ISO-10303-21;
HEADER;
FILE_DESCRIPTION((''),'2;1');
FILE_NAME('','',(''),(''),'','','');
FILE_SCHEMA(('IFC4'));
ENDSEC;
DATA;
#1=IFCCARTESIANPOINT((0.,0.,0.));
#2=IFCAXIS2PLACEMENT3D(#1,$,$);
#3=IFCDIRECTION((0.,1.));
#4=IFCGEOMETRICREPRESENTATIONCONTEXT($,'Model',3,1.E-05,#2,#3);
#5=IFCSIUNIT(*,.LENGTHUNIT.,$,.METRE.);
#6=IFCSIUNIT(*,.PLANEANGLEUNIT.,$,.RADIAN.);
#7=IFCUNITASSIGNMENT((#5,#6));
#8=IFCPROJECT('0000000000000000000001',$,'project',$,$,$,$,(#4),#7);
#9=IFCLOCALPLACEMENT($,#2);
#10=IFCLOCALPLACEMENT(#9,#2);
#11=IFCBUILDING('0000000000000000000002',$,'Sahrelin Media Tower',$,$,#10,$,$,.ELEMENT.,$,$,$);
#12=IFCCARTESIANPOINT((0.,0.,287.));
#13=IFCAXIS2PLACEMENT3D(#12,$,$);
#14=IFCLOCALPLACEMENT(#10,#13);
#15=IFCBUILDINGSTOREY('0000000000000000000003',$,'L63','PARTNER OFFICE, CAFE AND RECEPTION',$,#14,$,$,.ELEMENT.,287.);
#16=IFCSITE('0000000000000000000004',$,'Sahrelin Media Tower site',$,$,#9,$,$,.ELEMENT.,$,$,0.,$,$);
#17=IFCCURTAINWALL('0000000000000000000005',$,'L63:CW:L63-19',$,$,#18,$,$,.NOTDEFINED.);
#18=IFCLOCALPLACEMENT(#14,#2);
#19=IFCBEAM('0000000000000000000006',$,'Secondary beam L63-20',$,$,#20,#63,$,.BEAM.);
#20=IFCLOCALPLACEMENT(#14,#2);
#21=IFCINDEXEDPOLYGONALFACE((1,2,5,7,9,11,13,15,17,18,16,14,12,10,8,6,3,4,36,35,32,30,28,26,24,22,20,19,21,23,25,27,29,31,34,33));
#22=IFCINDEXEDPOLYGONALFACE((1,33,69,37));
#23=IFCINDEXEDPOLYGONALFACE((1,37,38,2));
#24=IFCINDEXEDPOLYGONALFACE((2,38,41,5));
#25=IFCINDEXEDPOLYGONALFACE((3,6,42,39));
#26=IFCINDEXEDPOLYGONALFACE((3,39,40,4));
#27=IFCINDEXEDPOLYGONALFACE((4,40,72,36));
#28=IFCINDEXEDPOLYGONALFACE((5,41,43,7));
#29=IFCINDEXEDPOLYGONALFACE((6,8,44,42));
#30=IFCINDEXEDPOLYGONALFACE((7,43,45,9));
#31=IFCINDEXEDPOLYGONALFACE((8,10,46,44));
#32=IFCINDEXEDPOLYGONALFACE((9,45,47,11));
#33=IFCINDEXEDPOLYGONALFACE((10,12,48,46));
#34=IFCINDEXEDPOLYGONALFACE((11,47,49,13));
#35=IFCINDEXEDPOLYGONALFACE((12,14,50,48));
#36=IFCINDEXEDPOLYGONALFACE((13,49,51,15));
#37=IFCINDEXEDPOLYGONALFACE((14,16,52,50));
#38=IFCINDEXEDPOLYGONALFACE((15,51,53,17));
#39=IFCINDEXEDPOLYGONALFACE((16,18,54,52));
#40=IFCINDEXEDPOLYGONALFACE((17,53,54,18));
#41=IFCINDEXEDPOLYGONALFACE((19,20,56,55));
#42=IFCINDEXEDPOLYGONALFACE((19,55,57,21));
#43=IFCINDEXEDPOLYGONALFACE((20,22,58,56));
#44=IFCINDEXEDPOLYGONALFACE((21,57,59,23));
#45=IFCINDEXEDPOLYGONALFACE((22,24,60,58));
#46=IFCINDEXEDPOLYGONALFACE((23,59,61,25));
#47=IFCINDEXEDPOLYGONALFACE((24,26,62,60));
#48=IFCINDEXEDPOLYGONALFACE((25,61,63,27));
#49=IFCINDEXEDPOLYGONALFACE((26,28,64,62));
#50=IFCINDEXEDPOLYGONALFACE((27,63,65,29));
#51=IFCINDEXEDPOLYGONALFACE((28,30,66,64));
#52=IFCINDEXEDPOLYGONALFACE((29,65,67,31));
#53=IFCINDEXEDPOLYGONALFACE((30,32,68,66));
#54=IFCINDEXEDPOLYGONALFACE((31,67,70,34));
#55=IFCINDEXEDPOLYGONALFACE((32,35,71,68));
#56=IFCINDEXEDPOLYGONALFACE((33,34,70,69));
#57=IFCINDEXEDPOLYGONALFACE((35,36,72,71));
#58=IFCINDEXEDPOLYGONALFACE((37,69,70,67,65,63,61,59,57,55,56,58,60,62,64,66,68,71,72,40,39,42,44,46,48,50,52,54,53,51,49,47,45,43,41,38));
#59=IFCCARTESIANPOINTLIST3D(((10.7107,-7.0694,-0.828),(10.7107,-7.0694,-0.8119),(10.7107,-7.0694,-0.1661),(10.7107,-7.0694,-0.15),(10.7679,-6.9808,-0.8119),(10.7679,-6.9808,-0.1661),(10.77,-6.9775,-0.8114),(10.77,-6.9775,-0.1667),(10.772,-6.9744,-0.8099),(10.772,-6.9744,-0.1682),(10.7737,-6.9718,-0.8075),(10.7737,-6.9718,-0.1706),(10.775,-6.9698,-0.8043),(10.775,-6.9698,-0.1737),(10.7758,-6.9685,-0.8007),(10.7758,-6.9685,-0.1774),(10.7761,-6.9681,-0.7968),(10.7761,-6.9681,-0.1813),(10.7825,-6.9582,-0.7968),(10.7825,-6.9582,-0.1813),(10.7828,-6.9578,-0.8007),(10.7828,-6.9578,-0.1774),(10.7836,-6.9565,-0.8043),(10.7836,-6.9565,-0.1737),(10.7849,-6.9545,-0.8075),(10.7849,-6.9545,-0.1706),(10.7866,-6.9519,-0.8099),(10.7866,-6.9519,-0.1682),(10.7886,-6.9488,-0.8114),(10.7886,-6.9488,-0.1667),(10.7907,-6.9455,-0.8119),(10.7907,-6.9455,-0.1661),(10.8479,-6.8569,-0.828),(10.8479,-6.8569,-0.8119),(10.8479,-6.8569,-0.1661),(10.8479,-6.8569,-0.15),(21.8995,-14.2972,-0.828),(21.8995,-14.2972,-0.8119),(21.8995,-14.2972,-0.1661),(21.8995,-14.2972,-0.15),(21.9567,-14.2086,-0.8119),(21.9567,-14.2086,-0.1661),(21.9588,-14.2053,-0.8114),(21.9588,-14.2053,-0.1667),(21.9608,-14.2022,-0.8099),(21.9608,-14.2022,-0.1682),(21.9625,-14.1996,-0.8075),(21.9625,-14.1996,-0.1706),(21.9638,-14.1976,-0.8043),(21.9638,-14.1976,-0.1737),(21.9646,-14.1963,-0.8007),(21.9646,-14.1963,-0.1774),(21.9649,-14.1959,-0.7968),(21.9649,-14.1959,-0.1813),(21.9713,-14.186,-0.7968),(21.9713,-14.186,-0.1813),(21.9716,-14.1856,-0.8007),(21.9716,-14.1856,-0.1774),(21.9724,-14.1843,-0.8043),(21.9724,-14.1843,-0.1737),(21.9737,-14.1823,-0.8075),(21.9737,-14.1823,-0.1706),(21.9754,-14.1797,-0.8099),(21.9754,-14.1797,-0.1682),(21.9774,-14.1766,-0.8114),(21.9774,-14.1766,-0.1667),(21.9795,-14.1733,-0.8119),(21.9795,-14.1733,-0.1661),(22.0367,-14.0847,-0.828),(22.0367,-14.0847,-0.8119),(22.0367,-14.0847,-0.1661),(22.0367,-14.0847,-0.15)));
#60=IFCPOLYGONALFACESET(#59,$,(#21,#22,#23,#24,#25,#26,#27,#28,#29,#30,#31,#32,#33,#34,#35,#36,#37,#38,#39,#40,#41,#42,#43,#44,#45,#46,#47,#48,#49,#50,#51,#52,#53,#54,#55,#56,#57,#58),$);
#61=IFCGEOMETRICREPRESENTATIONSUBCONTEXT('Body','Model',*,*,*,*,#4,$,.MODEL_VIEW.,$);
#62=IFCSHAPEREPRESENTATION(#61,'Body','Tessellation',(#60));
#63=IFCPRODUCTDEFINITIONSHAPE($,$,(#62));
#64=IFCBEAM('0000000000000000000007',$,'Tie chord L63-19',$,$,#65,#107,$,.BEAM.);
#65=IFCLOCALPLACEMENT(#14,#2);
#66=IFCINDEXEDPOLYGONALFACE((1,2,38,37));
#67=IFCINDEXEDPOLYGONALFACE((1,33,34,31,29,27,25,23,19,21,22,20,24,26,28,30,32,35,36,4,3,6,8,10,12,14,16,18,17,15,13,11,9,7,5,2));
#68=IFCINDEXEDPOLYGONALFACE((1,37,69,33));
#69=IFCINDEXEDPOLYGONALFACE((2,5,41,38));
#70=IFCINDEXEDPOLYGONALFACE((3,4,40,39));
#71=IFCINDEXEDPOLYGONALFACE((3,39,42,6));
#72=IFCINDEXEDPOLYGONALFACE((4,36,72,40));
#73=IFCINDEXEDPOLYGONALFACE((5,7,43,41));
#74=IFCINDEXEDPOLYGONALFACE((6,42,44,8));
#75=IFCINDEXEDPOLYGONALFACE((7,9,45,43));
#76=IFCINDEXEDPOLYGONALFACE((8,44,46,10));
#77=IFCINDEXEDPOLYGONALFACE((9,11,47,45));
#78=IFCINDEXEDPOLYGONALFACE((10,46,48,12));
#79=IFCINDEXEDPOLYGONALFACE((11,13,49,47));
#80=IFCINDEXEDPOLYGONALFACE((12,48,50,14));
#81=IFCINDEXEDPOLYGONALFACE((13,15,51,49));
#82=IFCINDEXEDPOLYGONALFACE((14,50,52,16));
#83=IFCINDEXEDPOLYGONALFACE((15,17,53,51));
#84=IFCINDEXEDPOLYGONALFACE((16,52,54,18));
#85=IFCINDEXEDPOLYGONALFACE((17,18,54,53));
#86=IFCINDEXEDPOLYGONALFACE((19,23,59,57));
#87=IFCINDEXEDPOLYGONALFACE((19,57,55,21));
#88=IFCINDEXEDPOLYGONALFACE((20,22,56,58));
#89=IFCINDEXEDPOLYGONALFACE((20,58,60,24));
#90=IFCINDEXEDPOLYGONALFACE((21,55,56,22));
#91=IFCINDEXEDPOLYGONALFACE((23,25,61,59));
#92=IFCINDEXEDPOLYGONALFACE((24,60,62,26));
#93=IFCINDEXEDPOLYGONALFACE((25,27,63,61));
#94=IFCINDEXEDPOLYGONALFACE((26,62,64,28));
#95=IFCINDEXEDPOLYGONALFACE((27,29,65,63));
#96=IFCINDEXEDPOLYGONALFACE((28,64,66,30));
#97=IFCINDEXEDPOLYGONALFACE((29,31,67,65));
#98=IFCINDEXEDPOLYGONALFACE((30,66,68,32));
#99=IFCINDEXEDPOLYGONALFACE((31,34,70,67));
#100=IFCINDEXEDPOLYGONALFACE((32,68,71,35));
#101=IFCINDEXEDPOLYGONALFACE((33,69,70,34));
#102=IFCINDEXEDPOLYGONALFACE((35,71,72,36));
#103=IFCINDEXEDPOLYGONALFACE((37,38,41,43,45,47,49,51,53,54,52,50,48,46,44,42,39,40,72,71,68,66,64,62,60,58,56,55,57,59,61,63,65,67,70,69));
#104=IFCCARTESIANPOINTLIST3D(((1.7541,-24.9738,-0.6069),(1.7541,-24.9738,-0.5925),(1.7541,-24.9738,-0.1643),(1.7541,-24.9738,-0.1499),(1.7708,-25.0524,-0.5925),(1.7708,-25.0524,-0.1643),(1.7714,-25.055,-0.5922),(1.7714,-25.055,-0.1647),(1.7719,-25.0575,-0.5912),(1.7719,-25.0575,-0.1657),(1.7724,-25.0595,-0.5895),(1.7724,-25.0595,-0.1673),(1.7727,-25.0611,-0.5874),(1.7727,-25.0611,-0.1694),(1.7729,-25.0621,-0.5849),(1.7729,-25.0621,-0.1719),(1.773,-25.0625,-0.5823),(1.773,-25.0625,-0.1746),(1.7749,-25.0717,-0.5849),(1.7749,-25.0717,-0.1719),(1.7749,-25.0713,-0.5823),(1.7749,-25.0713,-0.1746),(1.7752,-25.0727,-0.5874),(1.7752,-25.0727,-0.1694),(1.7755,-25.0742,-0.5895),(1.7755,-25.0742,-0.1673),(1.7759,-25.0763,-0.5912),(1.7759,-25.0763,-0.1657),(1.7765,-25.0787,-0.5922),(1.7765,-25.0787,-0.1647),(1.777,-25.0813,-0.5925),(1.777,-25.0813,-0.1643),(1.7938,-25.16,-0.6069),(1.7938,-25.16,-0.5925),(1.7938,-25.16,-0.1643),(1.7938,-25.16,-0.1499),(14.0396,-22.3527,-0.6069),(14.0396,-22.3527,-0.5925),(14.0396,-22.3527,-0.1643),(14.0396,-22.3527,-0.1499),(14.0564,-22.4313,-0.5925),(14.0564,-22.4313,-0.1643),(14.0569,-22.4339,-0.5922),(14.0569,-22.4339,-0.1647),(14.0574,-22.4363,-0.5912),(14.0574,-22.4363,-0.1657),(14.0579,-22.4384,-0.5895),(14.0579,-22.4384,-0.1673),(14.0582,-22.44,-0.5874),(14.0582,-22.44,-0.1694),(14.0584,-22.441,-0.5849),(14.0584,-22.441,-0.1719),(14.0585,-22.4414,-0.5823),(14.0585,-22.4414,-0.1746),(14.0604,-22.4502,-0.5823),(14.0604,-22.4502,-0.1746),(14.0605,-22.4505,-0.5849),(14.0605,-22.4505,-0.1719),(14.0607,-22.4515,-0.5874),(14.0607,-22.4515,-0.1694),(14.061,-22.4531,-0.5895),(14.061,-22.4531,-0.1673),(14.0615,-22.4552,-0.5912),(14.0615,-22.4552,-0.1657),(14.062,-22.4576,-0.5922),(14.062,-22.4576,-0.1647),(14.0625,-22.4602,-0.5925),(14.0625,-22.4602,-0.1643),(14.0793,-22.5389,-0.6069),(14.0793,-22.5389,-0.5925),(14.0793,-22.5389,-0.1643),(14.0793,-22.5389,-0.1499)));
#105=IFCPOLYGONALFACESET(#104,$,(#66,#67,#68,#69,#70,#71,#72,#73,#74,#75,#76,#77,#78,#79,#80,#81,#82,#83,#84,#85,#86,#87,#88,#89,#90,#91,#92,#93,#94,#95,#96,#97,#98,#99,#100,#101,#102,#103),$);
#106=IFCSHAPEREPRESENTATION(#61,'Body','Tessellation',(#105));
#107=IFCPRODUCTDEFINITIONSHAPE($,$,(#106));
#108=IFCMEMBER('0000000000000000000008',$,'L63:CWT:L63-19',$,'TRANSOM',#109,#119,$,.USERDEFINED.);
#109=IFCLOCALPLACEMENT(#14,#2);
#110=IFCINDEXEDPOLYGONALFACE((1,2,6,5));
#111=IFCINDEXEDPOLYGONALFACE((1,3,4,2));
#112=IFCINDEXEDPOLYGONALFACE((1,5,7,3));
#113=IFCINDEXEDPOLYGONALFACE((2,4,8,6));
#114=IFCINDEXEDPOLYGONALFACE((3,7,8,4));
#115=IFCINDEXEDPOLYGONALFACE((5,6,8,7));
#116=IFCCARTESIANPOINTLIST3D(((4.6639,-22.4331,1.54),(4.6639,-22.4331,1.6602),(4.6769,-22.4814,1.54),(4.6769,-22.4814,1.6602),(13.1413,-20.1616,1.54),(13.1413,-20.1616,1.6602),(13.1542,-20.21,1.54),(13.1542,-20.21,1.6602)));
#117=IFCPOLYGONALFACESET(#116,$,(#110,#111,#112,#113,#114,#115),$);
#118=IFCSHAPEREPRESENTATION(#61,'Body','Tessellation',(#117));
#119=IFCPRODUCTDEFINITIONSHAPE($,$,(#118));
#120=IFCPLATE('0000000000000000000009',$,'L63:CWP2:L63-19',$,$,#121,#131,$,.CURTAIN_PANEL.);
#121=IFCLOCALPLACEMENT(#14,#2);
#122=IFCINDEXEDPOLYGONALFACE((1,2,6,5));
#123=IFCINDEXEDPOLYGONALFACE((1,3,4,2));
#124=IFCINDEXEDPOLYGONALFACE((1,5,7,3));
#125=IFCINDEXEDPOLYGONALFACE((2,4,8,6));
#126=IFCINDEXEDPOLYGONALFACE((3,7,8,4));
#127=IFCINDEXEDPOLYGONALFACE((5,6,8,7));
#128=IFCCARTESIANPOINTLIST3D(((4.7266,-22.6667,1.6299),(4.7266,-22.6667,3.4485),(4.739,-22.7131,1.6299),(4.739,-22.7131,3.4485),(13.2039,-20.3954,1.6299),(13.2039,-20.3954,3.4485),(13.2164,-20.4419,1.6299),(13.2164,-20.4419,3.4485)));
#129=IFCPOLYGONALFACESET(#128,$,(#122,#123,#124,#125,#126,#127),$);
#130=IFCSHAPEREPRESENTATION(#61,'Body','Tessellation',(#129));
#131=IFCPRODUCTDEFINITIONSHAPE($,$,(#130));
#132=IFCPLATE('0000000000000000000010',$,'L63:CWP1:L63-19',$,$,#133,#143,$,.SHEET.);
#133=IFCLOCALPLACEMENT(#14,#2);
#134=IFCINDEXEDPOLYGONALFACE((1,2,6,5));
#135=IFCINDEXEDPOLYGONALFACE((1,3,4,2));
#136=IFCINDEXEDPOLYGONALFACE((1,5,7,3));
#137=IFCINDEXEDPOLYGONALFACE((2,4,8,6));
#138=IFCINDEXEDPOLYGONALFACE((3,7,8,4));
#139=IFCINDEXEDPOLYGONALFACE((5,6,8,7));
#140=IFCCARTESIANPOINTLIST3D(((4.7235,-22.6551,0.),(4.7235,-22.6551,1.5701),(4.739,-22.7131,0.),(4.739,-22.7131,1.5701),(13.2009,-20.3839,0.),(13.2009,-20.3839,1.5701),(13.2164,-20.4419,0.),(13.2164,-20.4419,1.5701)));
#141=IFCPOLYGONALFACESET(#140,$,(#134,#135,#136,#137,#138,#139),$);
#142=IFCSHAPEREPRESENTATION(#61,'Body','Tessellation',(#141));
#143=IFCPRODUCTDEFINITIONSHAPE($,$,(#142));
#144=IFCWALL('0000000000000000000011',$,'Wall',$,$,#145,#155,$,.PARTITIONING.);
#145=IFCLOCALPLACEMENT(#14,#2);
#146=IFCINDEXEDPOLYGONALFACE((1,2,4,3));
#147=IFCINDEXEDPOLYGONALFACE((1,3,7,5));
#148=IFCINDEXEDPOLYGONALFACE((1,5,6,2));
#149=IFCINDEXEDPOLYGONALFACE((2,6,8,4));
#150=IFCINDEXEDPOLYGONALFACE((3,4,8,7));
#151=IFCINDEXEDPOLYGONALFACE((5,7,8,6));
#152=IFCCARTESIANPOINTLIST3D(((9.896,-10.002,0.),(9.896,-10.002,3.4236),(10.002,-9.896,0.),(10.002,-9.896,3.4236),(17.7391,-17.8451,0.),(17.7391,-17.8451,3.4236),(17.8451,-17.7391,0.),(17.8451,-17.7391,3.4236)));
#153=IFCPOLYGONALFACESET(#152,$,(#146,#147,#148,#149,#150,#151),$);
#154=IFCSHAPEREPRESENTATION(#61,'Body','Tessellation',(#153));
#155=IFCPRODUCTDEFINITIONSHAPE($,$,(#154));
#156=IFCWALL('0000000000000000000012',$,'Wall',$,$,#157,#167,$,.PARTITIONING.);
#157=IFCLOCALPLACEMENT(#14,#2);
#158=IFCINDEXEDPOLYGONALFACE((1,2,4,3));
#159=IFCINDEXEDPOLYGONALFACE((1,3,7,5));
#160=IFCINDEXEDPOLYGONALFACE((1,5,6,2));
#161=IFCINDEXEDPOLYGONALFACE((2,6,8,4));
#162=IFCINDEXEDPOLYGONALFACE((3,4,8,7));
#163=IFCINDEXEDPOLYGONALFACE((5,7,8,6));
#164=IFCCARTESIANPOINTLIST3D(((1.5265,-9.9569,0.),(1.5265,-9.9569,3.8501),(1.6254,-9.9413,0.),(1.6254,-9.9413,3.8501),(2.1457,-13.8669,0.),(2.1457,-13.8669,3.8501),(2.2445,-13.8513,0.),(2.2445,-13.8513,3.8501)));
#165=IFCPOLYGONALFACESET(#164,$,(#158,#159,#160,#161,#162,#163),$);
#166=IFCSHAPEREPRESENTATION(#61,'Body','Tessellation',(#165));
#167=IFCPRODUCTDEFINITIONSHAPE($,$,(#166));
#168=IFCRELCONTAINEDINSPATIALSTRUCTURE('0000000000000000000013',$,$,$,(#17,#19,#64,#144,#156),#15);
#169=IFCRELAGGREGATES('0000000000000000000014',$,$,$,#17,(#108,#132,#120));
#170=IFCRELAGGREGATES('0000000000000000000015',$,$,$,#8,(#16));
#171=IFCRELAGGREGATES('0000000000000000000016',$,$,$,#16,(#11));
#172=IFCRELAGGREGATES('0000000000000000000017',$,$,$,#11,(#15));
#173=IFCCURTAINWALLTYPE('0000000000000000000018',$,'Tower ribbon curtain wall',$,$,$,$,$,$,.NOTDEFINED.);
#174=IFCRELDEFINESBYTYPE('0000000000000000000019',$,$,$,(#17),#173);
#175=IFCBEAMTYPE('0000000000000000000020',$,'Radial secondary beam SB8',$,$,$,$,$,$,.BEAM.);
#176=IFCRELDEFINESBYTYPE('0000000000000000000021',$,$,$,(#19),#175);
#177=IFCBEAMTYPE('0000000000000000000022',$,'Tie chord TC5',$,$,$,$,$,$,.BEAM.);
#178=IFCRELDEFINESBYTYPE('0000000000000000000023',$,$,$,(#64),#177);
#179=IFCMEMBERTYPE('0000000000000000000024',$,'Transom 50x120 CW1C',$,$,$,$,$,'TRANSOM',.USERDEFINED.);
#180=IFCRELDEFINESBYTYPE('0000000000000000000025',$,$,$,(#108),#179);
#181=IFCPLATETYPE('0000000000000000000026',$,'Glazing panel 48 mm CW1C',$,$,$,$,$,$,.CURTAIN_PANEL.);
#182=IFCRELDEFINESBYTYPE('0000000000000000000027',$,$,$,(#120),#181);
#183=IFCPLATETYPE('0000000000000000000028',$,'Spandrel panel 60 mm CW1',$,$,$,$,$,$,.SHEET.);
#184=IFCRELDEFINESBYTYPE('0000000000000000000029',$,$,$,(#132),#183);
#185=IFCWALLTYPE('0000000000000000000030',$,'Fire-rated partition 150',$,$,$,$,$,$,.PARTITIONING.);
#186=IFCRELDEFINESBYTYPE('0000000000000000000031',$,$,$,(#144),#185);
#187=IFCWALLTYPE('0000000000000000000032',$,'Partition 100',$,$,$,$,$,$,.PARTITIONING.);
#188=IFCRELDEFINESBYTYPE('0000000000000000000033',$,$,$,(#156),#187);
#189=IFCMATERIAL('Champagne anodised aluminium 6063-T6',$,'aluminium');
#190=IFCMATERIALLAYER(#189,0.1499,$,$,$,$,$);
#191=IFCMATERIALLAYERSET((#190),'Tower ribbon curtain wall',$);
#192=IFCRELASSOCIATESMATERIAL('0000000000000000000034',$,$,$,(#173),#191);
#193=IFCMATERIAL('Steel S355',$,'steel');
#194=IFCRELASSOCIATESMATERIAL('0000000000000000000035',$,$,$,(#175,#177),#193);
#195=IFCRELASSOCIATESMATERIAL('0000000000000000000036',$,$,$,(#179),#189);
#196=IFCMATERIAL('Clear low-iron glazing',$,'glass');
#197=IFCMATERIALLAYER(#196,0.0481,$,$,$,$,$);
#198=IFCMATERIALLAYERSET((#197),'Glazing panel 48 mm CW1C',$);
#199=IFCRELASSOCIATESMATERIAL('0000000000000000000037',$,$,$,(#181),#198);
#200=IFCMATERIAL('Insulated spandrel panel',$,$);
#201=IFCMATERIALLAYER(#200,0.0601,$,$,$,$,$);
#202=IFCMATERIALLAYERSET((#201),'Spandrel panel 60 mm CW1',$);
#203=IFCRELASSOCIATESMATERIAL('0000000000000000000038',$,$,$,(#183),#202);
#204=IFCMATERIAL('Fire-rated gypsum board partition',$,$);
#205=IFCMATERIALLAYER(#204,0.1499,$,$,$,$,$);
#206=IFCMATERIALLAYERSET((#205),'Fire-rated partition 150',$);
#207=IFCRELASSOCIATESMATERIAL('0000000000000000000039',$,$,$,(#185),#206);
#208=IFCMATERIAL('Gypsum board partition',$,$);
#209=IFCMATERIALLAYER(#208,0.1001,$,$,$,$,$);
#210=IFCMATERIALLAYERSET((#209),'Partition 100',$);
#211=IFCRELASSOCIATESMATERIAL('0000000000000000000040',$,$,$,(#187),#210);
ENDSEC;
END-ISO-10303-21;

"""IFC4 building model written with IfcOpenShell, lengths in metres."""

from ifc_helpers import new_model, si_unit, direction, frame, frame_2d, origin, origin_2d, place, context, subcontext, project, spatial, polyline, rectangle, i_section, outline, extrude, material, layer, layer_set, material_profile, profile_set, type_object, element, aggregate, save


model = new_model("IFC4")

# Units and contexts
model_context = context("Model", 3, precision=1e-05, world=origin(), true_north=direction((0.0, 1.0)))
body_context = subcontext(model_context, "Body", "Model", "MODEL_VIEW")
ifc_project = project(units=[si_unit("LENGTHUNIT", "METRE"), si_unit("PLANEANGLEUNIT", "RADIAN")], contexts=[model_context])

# Site, building, storey
site_placement = place(None, origin())
site = spatial("IfcSite", under=ifc_project, at=site_placement, Name="Sahrelin Media Tower site", CompositionType="ELEMENT", RefElevation=0.0)
building_placement = place(site_placement, origin())
building = spatial("IfcBuilding", under=site, at=building_placement, Name="Sahrelin Media Tower", CompositionType="ELEMENT")
storey_placement = place(building_placement, frame((0.0, 0.0, 287.0)))
storey = spatial("IfcBuildingStorey", under=building, at=storey_placement, Name="L63", Description="PARTNER OFFICE, CAFE AND RECEPTION", CompositionType="ELEMENT", Elevation=287.0)

# Shared definitions
ifc_material_1 = material(Name="Steel S355", Category="steel")

# Curtain wall
ifc_material_2 = material(Name="Champagne anodised aluminium 6063-T6", Category="aluminium")
ifc_layer_1 = layer(ifc_material_2, 0.1499)
ifc_layer_set_1 = layer_set([ifc_layer_1], Name="Tower ribbon curtain wall")
curtain_wall_type = type_object("IfcCurtainWallType", Name="Tower ribbon curtain wall", PredefinedType="NOTDEFINED", material=ifc_layer_set_1)
curtain_wall_1_placement = place(storey_placement, frame((8.9724, -21.5581, 0.0), z_axis=(0.0, 0.0, 1.0), x_axis=(1.0, 0.0, 0.0)))
curtain_wall_1 = element("IfcCurtainWall", 1, at=curtain_wall_1_placement, inside=storey, type_object=curtain_wall_type, Name="L63:CW:L63-19", PredefinedType="NOTDEFINED")

# Beams
ifc_material_profile_1 = material_profile(ifc_material_1, i_section(OverallWidth=0.2529, OverallDepth=0.678, WebThickness=0.0117, FlangeThickness=0.0161, FilletRadius=0.0151, at=origin_2d()), Name="UB 686x254x125")
ifc_profile_set_1 = profile_set([ifc_material_profile_1], Name="Steel S355")
beam_type_1 = type_object("IfcBeamType", Name="Radial secondary beam SB8", PredefinedType="BEAM", material=ifc_profile_set_1)
beam_1_placement = place(storey_placement, frame((10.7793, -6.9631, -0.489), z_axis=(0.83998, -0.542617, 0.0), x_axis=(0.542617, 0.83998, 0.0)))
element("IfcBeam", 2, at=beam_1_placement, inside=storey, type_object=beam_type_1, Name="Secondary beam L63-20", PredefinedType="BEAM", context=body_context, shape_type="SweptSolid", body=[
    extrude(i_section(OverallWidth=0.2529, OverallDepth=0.678, WebThickness=0.0117, FlangeThickness=0.0161, FilletRadius=0.0151, at=origin_2d()), origin(), (0.0, 0.0, 1.0), 13.3203),
])
ifc_material_profile_2 = material_profile(ifc_material_1, i_section(OverallWidth=0.1904, OverallDepth=0.457, WebThickness=0.009, FlangeThickness=0.0144, FilletRadius=0.0103, at=origin_2d()), Name="UB 457x191x74")
ifc_profile_set_2 = profile_set([ifc_material_profile_2], Name="Steel S355")
beam_type_2 = type_object("IfcBeamType", Name="Tie chord TC5", PredefinedType="BEAM", material=ifc_profile_set_2)
beam_2_placement = place(storey_placement, frame((1.7739, -25.0669, -0.3784), z_axis=(0.977989, 0.208654, 0.0), x_axis=(-0.208654, 0.977989, 0.0)))
element("IfcBeam", 3, at=beam_2_placement, inside=storey, type_object=beam_type_2, Name="Tie chord L63-19", PredefinedType="BEAM", context=body_context, shape_type="SweptSolid", body=[
    extrude(i_section(OverallWidth=0.1904, OverallDepth=0.457, WebThickness=0.009, FlangeThickness=0.0144, FilletRadius=0.0103, at=origin_2d()), origin(), (0.0, 0.0, 1.0), 12.562),
])

# Member
ifc_material_profile_3 = material_profile(ifc_material_2, rectangle(XDim=0.05, YDim=0.1201, at=origin_2d()), Name="Transom 50x120")
ifc_profile_set_3 = profile_set([ifc_material_profile_3], Name="Champagne anodised aluminium 6063-T6")
member_type_1 = type_object("IfcMemberType", Name="Transom 50x120 CW1C", ElementType="TRANSOM", PredefinedType="USERDEFINED", material=ifc_profile_set_3)
member_1_placement = place(storey_placement, frame((4.6704, -22.4573, 1.6001), z_axis=(0.965926, 0.258819, 0.0), x_axis=(-0.258819, 0.965926, 0.0)))
member_1 = element("IfcMember", 4, at=member_1_placement, type_object=member_type_1, Name="L63:CWT:L63-19", ObjectType="TRANSOM", PredefinedType="USERDEFINED", context=body_context, shape_type="SweptSolid", body=[
    extrude(rectangle(XDim=0.05, YDim=0.1201, at=origin_2d()), origin(), (0.0, 0.0, 1.0), 8.7764),
])

# Plates
ifc_material_3 = material(Name="Clear low-iron glazing", Category="glass")
ifc_layer_2 = layer(ifc_material_3, 0.0481)
ifc_layer_set_2 = layer_set([ifc_layer_2], Name="Glazing panel 48 mm CW1C")
plate_type_1 = type_object("IfcPlateType", Name="Glazing panel 48 mm CW1C", PredefinedType="CURTAIN_PANEL", material=ifc_layer_set_2)
plate_1_placement = place(storey_placement, frame((4.739, -22.7131, 1.6299), z_axis=(0.258793, -0.965933, 0.0), x_axis=(0.965933, 0.258793, 0.0)))
plate_1 = element("IfcPlate", 5, at=plate_1_placement, type_object=plate_type_1, Name="L63:CWP2:L63-19", PredefinedType="CURTAIN_PANEL", context=body_context, shape_type="SweptSolid", body=[
    extrude(outline(polyline([(0.0, 0.0), (8.7764, 0.0), (8.7764, 1.8186), (0.0, 1.8186), (0.0, 0.0)])), origin(), (0.0, 0.0, -1.0), 0.0481),
])
ifc_material_4 = material(Name="Insulated spandrel panel")
ifc_layer_3 = layer(ifc_material_4, 0.0601)
ifc_layer_set_3 = layer_set([ifc_layer_3], Name="Spandrel panel 60 mm CW1")
plate_type_2 = type_object("IfcPlateType", Name="Spandrel panel 60 mm CW1", PredefinedType="SHEET", material=ifc_layer_set_3)
plate_2_placement = place(storey_placement, frame((4.739, -22.7131, 0.0), z_axis=(0.258793, -0.965933, 0.0), x_axis=(0.965933, 0.258793, 0.0)))
plate_2 = element("IfcPlate", 6, at=plate_2_placement, type_object=plate_type_2, Name="L63:CWP1:L63-19", PredefinedType="SHEET", context=body_context, shape_type="SweptSolid", body=[
    extrude(outline(polyline([(0.0, 0.0), (8.7764, 0.0), (8.7764, 1.5701), (0.0, 1.5701), (0.0, 0.0)])), origin(), (0.0, 0.0, -1.0), 0.0601),
])
aggregate(curtain_wall_1, [member_1, plate_2, plate_1])

# Walls
ifc_material_5 = material(Name="Fire-rated gypsum board partition")
ifc_layer_4 = layer(ifc_material_5, 0.1499)
ifc_layer_set_4 = layer_set([ifc_layer_4], Name="Fire-rated partition 150")
wall_type_1 = type_object("IfcWallType", Name="Fire-rated partition 150", PredefinedType="PARTITIONING", material=ifc_layer_set_4)
wall_1_placement = place(storey_placement, frame((9.949, -9.949, 0.0), z_axis=(0.0, 0.0, 1.0), x_axis=(0.707107, -0.707107, 0.0)))
element("IfcWall", 7, at=wall_1_placement, inside=storey, type_object=wall_type_1, Name="Wall", PredefinedType="PARTITIONING", context=body_context, shape_type="SweptSolid", body=[
    extrude(rectangle(XDim=11.0918, YDim=0.1499, at=frame_2d((5.5459, 0.0))), origin(), (0.0, 0.0, 1.0), 3.4236),
])
ifc_material_6 = material(Name="Gypsum board partition")
ifc_layer_5 = layer(ifc_material_6, 0.1001)
ifc_layer_set_5 = layer_set([ifc_layer_5], Name="Partition 100")
wall_type_2 = type_object("IfcWallType", Name="Partition 100", PredefinedType="PARTITIONING", material=ifc_layer_set_5)
wall_2_placement = place(storey_placement, frame((1.5759, -9.949, 0.0), z_axis=(0.0, 0.0, 1.0), x_axis=(0.156403, -0.987693, 0.0)))
element("IfcWall", 8, at=wall_2_placement, inside=storey, type_object=wall_type_2, Name="Wall", PredefinedType="PARTITIONING", context=body_context, shape_type="SweptSolid", body=[
    extrude(rectangle(XDim=3.9587, YDim=0.1001, at=frame_2d((1.9795, 0.0))), origin(), (0.0, 0.0, 1.0), 3.8501),
])

save(model, "model.ifc")
